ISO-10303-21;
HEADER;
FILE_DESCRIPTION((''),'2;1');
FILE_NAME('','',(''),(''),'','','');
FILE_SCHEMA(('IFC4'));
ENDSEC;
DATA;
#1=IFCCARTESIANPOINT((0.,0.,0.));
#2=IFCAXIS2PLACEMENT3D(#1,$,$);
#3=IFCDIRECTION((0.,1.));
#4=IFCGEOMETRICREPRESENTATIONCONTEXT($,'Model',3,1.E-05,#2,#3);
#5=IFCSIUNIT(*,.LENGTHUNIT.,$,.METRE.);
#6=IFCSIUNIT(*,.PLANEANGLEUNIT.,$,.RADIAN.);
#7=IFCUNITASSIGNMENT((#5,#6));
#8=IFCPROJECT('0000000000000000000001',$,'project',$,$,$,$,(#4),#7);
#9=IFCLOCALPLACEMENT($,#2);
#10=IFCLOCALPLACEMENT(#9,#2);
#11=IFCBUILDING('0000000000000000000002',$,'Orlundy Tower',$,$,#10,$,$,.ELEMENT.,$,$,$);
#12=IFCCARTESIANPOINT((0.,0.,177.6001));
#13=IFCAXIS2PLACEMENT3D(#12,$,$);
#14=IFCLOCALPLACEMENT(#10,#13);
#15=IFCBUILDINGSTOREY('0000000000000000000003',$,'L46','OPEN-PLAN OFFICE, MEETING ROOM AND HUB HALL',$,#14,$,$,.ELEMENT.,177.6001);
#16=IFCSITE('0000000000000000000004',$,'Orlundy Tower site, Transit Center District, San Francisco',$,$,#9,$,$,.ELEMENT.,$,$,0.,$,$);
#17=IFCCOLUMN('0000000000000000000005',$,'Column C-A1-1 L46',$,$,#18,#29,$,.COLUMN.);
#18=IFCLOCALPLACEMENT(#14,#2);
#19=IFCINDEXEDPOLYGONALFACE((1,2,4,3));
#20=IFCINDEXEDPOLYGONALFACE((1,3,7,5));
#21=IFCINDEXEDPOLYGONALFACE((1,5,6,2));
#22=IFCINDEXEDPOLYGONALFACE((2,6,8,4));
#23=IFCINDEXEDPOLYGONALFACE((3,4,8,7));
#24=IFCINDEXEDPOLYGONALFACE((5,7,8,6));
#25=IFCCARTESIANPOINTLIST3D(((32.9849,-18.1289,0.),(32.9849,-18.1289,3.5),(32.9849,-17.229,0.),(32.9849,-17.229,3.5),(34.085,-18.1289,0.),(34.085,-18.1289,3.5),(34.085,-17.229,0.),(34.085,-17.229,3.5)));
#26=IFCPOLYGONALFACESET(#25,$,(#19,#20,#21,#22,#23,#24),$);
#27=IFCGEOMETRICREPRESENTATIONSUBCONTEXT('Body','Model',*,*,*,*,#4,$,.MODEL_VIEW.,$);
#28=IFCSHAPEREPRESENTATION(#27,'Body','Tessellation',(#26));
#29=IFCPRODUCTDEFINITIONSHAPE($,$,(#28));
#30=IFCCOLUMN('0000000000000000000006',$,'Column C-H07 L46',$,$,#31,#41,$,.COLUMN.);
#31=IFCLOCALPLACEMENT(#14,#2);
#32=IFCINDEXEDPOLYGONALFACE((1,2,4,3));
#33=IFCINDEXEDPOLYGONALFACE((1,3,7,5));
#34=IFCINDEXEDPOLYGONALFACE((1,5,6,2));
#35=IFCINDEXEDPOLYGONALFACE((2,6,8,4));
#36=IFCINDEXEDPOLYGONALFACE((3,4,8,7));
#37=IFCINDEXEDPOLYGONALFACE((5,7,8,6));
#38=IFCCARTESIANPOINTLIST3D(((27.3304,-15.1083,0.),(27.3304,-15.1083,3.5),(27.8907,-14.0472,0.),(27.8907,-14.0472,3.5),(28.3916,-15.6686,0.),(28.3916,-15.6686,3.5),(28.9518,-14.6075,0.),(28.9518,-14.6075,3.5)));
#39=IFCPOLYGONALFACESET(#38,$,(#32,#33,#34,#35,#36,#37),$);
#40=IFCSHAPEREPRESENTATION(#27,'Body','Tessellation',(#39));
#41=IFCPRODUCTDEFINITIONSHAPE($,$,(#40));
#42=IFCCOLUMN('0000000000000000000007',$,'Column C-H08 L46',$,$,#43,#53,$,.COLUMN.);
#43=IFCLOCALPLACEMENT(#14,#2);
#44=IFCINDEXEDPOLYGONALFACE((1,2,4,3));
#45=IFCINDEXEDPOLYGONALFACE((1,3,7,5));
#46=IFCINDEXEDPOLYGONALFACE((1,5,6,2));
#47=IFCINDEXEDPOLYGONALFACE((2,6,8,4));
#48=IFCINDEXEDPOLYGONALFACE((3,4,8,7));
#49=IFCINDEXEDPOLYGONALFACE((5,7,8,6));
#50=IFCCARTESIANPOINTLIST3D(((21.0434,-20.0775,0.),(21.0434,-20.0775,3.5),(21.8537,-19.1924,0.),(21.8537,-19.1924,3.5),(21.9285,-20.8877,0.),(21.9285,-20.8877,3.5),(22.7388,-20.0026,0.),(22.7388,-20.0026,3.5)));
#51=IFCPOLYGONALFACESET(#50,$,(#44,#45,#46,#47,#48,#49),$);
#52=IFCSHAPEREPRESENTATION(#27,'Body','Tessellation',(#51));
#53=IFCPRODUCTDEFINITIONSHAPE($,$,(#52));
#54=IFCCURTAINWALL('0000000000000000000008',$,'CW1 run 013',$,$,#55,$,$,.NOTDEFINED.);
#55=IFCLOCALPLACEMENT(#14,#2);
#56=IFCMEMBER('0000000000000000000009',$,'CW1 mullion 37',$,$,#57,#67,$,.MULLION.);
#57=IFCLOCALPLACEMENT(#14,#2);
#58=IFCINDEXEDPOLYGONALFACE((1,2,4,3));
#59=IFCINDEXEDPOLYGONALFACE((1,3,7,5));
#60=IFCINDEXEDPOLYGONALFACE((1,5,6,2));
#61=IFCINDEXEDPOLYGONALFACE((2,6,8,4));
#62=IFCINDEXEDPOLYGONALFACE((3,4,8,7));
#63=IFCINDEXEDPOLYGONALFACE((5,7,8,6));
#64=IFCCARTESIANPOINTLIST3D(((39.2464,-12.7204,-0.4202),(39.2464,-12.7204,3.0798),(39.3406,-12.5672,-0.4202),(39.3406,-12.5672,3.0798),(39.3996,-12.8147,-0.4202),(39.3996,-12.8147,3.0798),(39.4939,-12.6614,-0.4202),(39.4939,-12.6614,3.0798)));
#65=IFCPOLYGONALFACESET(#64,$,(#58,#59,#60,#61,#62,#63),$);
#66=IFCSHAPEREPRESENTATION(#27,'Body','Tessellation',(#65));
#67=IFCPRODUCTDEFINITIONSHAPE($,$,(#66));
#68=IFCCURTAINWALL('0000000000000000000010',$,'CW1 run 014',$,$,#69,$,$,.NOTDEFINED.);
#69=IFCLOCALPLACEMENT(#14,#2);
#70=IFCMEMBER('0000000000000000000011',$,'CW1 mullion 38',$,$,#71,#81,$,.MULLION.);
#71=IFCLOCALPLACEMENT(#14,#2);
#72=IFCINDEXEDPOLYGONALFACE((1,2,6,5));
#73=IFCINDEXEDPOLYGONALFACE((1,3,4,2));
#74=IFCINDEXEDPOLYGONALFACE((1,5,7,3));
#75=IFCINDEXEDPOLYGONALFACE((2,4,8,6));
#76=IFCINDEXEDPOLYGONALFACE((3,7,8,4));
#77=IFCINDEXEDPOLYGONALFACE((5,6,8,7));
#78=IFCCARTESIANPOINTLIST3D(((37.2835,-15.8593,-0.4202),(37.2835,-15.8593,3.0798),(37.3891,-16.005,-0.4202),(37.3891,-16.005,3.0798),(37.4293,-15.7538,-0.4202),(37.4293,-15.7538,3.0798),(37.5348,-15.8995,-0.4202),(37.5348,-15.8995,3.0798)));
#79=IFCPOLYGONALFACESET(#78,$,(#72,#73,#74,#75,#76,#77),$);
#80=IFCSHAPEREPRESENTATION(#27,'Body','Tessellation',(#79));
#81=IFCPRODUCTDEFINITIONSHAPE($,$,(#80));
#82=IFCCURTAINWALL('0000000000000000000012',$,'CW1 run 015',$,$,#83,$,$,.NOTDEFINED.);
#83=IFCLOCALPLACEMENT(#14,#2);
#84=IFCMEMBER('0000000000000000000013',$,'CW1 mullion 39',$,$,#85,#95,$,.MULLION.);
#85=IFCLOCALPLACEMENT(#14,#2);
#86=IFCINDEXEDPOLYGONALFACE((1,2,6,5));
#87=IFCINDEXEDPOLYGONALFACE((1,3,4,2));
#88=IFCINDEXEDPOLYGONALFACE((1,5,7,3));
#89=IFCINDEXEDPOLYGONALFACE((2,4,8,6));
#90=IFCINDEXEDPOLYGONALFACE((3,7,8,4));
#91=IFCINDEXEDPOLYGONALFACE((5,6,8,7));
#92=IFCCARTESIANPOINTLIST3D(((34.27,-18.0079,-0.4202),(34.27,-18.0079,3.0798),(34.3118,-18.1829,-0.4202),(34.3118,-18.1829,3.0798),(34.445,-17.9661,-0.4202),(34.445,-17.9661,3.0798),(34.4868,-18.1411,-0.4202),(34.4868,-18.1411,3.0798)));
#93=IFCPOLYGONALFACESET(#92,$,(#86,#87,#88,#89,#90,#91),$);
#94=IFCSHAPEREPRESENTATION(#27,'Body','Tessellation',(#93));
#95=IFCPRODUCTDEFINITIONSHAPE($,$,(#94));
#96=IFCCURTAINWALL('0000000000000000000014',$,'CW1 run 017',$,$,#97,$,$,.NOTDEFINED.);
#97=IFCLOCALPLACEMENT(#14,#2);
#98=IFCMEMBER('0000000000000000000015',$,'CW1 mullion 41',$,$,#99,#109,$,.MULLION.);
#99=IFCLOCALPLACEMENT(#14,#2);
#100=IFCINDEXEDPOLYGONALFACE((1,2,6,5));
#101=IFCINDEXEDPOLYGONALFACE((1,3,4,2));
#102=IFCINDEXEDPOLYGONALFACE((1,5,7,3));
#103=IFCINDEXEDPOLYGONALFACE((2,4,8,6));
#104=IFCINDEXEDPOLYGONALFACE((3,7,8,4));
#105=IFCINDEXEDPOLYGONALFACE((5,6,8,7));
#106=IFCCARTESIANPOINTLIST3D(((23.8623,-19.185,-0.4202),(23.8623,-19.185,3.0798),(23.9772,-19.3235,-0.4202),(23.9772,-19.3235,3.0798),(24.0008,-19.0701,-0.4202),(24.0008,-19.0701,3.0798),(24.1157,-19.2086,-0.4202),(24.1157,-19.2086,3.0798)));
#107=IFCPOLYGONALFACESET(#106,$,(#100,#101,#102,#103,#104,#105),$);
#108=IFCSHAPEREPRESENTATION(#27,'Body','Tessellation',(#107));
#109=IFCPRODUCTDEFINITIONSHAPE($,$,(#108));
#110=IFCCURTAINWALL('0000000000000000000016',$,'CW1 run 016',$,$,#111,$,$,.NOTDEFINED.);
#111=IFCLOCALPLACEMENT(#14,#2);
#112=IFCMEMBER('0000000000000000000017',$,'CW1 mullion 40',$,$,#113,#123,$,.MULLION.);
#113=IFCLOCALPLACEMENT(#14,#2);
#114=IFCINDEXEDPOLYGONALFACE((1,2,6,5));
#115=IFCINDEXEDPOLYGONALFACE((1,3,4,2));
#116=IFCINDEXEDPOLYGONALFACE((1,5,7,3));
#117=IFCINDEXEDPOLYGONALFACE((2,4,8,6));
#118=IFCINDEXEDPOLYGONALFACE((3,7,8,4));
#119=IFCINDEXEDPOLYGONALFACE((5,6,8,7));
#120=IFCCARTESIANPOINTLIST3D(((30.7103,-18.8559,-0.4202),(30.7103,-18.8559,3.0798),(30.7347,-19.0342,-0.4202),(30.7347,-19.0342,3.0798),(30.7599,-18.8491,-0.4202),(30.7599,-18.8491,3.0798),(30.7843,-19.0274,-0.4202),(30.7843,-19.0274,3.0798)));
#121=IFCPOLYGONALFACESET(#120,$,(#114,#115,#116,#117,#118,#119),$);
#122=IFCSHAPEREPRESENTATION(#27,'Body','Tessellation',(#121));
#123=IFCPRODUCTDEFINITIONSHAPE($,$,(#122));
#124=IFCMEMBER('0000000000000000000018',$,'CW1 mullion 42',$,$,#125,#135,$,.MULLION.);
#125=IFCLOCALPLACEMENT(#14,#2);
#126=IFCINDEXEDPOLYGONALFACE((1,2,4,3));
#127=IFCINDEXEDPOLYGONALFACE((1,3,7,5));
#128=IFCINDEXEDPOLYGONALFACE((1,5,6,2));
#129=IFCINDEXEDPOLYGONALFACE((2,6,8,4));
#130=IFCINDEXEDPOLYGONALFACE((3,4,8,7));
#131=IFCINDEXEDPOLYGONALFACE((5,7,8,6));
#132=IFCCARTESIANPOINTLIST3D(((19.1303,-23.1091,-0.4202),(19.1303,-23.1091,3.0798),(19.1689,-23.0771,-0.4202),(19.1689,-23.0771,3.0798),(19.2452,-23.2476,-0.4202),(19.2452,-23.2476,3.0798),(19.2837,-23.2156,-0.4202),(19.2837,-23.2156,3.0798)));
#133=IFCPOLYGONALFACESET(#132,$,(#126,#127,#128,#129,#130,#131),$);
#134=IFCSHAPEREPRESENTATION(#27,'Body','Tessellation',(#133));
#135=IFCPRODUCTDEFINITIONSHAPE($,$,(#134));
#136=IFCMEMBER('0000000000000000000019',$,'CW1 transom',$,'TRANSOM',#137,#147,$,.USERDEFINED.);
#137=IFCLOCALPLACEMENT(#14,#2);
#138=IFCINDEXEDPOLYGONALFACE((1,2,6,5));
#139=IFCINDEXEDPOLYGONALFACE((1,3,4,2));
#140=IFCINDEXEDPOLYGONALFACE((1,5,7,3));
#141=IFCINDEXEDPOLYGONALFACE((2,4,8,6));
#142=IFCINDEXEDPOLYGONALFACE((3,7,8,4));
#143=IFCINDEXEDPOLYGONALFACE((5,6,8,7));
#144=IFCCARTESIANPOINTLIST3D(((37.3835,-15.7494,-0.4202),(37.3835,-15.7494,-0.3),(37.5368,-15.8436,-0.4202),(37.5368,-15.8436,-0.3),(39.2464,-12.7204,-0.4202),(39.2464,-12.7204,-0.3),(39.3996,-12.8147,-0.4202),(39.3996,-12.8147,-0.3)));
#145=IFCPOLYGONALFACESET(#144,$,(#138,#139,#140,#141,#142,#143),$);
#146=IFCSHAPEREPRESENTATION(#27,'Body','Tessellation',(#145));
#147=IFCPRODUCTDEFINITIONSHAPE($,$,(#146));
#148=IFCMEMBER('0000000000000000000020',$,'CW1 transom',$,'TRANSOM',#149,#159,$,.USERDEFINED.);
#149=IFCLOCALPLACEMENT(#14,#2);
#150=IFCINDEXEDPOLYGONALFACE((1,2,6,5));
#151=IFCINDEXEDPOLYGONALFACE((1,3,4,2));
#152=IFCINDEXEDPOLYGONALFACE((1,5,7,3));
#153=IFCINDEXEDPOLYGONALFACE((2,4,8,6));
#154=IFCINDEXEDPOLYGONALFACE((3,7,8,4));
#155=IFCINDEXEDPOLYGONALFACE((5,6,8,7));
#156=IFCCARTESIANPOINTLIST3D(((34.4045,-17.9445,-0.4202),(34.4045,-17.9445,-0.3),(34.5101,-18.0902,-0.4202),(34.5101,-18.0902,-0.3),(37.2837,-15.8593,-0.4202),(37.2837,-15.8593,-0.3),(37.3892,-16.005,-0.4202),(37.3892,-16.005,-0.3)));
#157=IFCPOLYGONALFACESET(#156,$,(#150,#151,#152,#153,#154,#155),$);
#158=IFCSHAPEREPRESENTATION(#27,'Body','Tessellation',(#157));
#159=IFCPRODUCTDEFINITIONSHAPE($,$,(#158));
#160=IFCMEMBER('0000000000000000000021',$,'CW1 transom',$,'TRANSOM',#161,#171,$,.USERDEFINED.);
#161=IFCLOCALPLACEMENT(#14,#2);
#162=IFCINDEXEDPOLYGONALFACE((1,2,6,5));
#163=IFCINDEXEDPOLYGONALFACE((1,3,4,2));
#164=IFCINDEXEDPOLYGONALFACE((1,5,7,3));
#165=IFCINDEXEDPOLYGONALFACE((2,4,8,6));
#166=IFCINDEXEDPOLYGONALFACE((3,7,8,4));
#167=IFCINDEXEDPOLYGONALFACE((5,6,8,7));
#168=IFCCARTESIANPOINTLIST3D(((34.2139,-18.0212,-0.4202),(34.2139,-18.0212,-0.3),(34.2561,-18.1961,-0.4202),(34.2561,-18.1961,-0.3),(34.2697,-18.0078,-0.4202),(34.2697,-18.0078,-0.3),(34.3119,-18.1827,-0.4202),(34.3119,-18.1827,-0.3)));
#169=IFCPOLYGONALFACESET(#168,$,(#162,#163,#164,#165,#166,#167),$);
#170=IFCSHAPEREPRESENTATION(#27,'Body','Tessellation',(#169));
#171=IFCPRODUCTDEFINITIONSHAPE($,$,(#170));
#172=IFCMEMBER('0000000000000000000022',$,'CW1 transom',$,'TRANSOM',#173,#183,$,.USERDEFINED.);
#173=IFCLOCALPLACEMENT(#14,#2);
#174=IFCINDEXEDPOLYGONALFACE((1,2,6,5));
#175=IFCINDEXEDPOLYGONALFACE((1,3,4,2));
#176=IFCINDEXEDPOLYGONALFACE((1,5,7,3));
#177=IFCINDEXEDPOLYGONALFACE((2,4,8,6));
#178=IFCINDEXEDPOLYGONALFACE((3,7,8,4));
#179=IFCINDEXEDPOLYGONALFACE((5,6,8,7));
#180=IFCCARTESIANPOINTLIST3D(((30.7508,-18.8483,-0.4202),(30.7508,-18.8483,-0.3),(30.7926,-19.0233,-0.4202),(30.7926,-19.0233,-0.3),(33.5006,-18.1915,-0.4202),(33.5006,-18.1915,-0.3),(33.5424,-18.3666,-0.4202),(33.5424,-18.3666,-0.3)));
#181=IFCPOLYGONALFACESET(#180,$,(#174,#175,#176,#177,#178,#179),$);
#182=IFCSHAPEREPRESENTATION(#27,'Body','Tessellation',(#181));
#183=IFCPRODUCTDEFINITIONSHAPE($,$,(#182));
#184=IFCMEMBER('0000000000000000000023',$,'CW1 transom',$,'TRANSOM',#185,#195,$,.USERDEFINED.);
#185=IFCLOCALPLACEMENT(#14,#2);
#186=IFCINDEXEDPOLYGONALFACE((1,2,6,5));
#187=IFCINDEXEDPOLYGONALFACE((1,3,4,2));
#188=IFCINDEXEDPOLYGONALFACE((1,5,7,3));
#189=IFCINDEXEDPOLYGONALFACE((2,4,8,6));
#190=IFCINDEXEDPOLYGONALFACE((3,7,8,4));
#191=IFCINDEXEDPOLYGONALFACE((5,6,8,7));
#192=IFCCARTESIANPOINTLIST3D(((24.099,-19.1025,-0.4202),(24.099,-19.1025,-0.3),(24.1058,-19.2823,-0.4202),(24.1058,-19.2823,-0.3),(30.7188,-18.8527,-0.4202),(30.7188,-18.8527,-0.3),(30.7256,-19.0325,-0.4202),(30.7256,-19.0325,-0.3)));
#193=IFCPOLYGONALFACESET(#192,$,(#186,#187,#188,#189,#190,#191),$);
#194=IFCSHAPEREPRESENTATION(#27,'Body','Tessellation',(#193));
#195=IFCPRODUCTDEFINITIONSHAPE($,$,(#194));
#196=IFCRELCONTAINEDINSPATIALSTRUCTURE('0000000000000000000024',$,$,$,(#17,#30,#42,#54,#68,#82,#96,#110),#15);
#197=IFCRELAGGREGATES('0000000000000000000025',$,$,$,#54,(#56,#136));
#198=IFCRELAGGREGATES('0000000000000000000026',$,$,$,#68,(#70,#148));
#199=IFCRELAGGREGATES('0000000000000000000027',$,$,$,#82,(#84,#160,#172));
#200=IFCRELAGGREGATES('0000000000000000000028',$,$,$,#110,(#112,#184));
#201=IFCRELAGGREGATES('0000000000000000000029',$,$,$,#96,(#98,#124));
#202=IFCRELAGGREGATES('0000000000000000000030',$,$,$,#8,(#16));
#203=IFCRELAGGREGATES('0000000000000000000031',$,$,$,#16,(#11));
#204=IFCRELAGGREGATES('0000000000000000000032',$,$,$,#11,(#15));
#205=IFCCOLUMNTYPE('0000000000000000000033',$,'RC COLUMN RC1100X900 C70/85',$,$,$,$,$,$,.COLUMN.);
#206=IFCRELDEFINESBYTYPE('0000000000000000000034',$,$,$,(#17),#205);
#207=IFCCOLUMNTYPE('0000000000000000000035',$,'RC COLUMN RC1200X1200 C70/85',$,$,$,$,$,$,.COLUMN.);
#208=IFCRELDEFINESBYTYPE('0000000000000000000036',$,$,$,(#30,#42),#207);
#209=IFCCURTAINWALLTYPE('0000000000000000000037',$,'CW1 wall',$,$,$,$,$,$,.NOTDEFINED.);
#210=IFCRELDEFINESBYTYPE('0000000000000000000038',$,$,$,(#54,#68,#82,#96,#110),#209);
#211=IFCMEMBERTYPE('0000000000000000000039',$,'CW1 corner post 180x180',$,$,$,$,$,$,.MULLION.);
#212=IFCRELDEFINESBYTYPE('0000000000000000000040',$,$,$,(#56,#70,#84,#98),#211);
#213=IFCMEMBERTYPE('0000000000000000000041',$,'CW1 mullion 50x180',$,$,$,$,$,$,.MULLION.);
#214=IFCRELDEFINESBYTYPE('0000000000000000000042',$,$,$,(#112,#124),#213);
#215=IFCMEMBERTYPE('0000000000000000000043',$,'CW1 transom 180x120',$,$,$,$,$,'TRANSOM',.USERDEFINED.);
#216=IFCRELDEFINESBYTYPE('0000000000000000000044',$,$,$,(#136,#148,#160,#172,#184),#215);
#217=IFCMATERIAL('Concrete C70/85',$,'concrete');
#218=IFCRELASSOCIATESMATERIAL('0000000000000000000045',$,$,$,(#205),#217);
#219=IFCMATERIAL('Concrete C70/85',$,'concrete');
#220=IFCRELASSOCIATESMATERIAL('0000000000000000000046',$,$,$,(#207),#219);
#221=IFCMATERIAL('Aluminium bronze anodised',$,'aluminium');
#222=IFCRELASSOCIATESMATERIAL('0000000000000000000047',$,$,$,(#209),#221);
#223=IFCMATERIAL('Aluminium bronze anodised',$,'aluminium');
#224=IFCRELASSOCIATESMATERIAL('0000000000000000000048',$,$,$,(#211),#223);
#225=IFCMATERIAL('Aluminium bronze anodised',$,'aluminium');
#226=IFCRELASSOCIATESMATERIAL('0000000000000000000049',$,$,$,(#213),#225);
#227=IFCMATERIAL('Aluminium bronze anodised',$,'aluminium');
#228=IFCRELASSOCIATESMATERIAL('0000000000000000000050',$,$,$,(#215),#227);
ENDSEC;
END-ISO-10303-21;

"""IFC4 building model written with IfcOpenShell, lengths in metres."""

from ifc_helpers import new_model, si_unit, direction, frame, origin, origin_2d, place, context, subcontext, project, spatial, rectangle, extrude, material, material_profile, profile_set, type_object, element, aggregate, save


model = new_model("IFC4")

# Units and contexts
model_context = context("Model", 3, precision=1e-05, world=origin(), true_north=direction((0.0, 1.0)))
body_context = subcontext(model_context, "Body", "Model", "MODEL_VIEW")
ifc_project = project(units=[si_unit("LENGTHUNIT", "METRE"), si_unit("PLANEANGLEUNIT", "RADIAN")], contexts=[model_context])

# Site, building, storey
site_placement = place(None, origin())
site = spatial("IfcSite", under=ifc_project, at=site_placement, Name="Orlundy Tower site, Transit Center District, San Francisco", CompositionType="ELEMENT", RefElevation=0.0)
building_placement = place(site_placement, origin())
building = spatial("IfcBuilding", under=site, at=building_placement, Name="Orlundy Tower", CompositionType="ELEMENT")
storey_placement = place(building_placement, frame((0.0, 0.0, 177.6001)))
storey = spatial("IfcBuildingStorey", under=building, at=storey_placement, Name="L46", Description="OPEN-PLAN OFFICE, MEETING ROOM AND HUB HALL", CompositionType="ELEMENT", Elevation=177.6001)

# Columns
ifc_material_1 = material(Name="Concrete C70/85", Category="concrete")
ifc_material_profile_1 = material_profile(ifc_material_1, rectangle(XDim=1.1001, YDim=0.8999, at=origin_2d()), Name="RC1100X900")
ifc_profile_set_1 = profile_set([ifc_material_profile_1], Name="Concrete C70/85")
column_type_1 = type_object("IfcColumnType", Name="RC COLUMN RC1100X900 C70/85", PredefinedType="COLUMN", material=ifc_profile_set_1)
column_placement = place(storey_placement, frame((33.5349, -17.679, 0.0), z_axis=(0.0, 0.0, 1.0), x_axis=(1.0, 0.0, 0.0)))
element("IfcColumn", 1, at=column_placement, inside=storey, type_object=column_type_1, Name="Column C-A1-1 L46", PredefinedType="COLUMN", context=body_context, shape_type="SweptSolid", body=[
    extrude(rectangle(XDim=1.1001, YDim=0.8999, at=origin_2d()), origin(), (0.0, 0.0, 1.0), 3.5),
])
ifc_material_2 = material(Name="Concrete C70/85", Category="concrete")
ifc_material_profile_2 = material_profile(ifc_material_2, rectangle(XDim=1.2, YDim=1.2, at=origin_2d()), Name="RC1200X1200")
ifc_profile_set_2 = profile_set([ifc_material_profile_2], Name="Concrete C70/85")
column_type_2 = type_object("IfcColumnType", Name="RC COLUMN RC1200X1200 C70/85", PredefinedType="COLUMN", material=ifc_profile_set_2)
for number, where, z_axis, x_axis, name in (
    (2, (28.1411, -14.8579, 0.0), (0.0, 0.0, 1.0), (0.884312, -0.466896, 0.0), "Column C-H07 L46"),
    (3, (21.8911, -20.04, 0.0), (0.0, 0.0, 1.0), (0.737607, -0.67523, 0.0), "Column C-H08 L46"),
):
    element("IfcColumn", number, at=place(storey_placement, frame(where, z_axis=z_axis, x_axis=x_axis)), inside=storey, type_object=column_type_2, Name=name, PredefinedType="COLUMN", context=body_context, shape_type="SweptSolid", body=[
        extrude(rectangle(XDim=1.2, YDim=1.2, at=origin_2d()), origin(), (0.0, 0.0, 1.0), 3.5),
    ])

# Curtain walls, members
ifc_material_3 = material(Name="Aluminium bronze anodised", Category="aluminium")
curtain_wall_type = type_object("IfcCurtainWallType", Name="CW1 wall", PredefinedType="NOTDEFINED", material=ifc_material_3)
curtain_wall_1_placement = place(storey_placement, origin())
curtain_wall_1 = element("IfcCurtainWall", 4, at=curtain_wall_1_placement, inside=storey, type_object=curtain_wall_type, Name="CW1 run 013", PredefinedType="NOTDEFINED")
ifc_material_4 = material(Name="Aluminium bronze anodised", Category="aluminium")
ifc_material_profile_3 = material_profile(ifc_material_4, rectangle(XDim=0.1799, YDim=0.1799, at=origin_2d()), Name="CW1 corner post 180x180")
ifc_profile_set_3 = profile_set([ifc_material_profile_3], Name="Aluminium bronze anodised")
member_type_1 = type_object("IfcMemberType", Name="CW1 corner post 180x180", PredefinedType="MULLION", material=ifc_profile_set_3)
member_1_placement = place(storey_placement, frame((39.3701, -12.6909, -0.4202), z_axis=(0.0, 0.0, 1.0), x_axis=(0.851825, -0.523827, 0.0)))
member_1 = element("IfcMember", 5, at=member_1_placement, type_object=member_type_1, Name="CW1 mullion 37", PredefinedType="MULLION", context=body_context, shape_type="SweptSolid", body=[
    extrude(rectangle(XDim=0.1799, YDim=0.1799, at=origin_2d()), origin(), (0.0, 0.0, 1.0), 3.5),
])
curtain_wall_2_placement = place(storey_placement, origin())
curtain_wall_2 = element("IfcCurtainWall", 6, at=curtain_wall_2_placement, inside=storey, type_object=curtain_wall_type, Name="CW1 run 014", PredefinedType="NOTDEFINED")
member_2_placement = place(storey_placement, frame((37.4092, -15.8794, -0.4202), z_axis=(0.0, 0.0, 1.0), x_axis=(0.586534, -0.809924, 0.0)))
member_2 = element("IfcMember", 7, at=member_2_placement, type_object=member_type_1, Name="CW1 mullion 38", PredefinedType="MULLION", context=body_context, shape_type="SweptSolid", body=[
    extrude(rectangle(XDim=0.1799, YDim=0.1799, at=origin_2d()), origin(), (0.0, 0.0, 1.0), 3.5),
])
curtain_wall_3_placement = place(storey_placement, origin())
curtain_wall_3 = element("IfcCurtainWall", 8, at=curtain_wall_3_placement, inside=storey, type_object=curtain_wall_type, Name="CW1 run 015", PredefinedType="NOTDEFINED")
member_3_placement = place(storey_placement, frame((34.3784, -18.0745, -0.4202), z_axis=(0.0, 0.0, 1.0), x_axis=(0.232301, -0.972644, 0.0)))
member_3 = element("IfcMember", 9, at=member_3_placement, type_object=member_type_1, Name="CW1 mullion 39", PredefinedType="MULLION", context=body_context, shape_type="SweptSolid", body=[
    extrude(rectangle(XDim=0.1799, YDim=0.1799, at=origin_2d()), origin(), (0.0, 0.0, 1.0), 3.5),
])
curtain_wall_4_placement = place(storey_placement, origin())
curtain_wall_4 = element("IfcCurtainWall", 10, at=curtain_wall_4_placement, inside=storey, type_object=curtain_wall_type, Name="CW1 run 017", PredefinedType="NOTDEFINED")
member_4_placement = place(storey_placement, frame((23.989, -19.1968, -0.4202), z_axis=(0.0, 0.0, 1.0), x_axis=(0.638331, -0.769762, 0.0)))
member_4 = element("IfcMember", 11, at=member_4_placement, type_object=member_type_1, Name="CW1 mullion 41", PredefinedType="MULLION", context=body_context, shape_type="SweptSolid", body=[
    extrude(rectangle(XDim=0.1799, YDim=0.1799, at=origin_2d()), origin(), (0.0, 0.0, 1.0), 3.5),
])
curtain_wall_5_placement = place(storey_placement, origin())
curtain_wall_5 = element("IfcCurtainWall", 12, at=curtain_wall_5_placement, inside=storey, type_object=curtain_wall_type, Name="CW1 run 016", PredefinedType="NOTDEFINED")
ifc_material_5 = material(Name="Aluminium bronze anodised", Category="aluminium")
ifc_material_profile_4 = material_profile(ifc_material_5, rectangle(XDim=0.1799, YDim=0.05, at=origin_2d()), Name="CW1 mullion 50x180")
ifc_profile_set_4 = profile_set([ifc_material_profile_4], Name="Aluminium bronze anodised")
member_type_2 = type_object("IfcMemberType", Name="CW1 mullion 50x180", PredefinedType="MULLION", material=ifc_profile_set_4)
member_5_placement = place(storey_placement, frame((30.7473, -18.9417, -0.4202), z_axis=(0.0, 0.0, 1.0), x_axis=(0.135672, -0.990754, 0.0)))
member_5 = element("IfcMember", 13, at=member_5_placement, type_object=member_type_2, Name="CW1 mullion 40", PredefinedType="MULLION", context=body_context, shape_type="SweptSolid", body=[
    extrude(rectangle(XDim=0.1799, YDim=0.05, at=origin_2d()), origin(), (0.0, 0.0, 1.0), 3.5),
])

# Members
member_6_placement = place(storey_placement, frame((19.207, -23.1624, -0.4202), z_axis=(0.0, 0.0, 1.0), x_axis=(0.638331, -0.769762, 0.0)))
member_6 = element("IfcMember", 14, at=member_6_placement, type_object=member_type_2, Name="CW1 mullion 42", PredefinedType="MULLION", context=body_context, shape_type="SweptSolid", body=[
    extrude(rectangle(XDim=0.1799, YDim=0.05, at=origin_2d()), origin(), (0.0, 0.0, 1.0), 3.5),
])
ifc_material_6 = material(Name="Aluminium bronze anodised", Category="aluminium")
ifc_material_profile_5 = material_profile(ifc_material_6, rectangle(XDim=0.1799, YDim=0.1201, at=origin_2d()), Name="CW1 transom 180x120")
ifc_profile_set_5 = profile_set([ifc_material_profile_5], Name="Aluminium bronze anodised")
member_type_3 = type_object("IfcMemberType", Name="CW1 transom 180x120", ElementType="TRANSOM", PredefinedType="USERDEFINED", material=ifc_profile_set_5)
member_7_placement = place(storey_placement, frame((39.323, -12.7676, -0.3601), z_axis=(-0.523875, -0.851795, 0.0), x_axis=(0.851795, -0.523875, 0.0)))
member_7 = element("IfcMember", 15, at=member_7_placement, type_object=member_type_3, Name="CW1 transom", ObjectType="TRANSOM", PredefinedType="USERDEFINED", context=body_context, shape_type="SweptSolid", body=[
    extrude(rectangle(XDim=0.1799, YDim=0.1201, at=origin_2d()), origin(), (0.0, 0.0, 1.0), 3.5559),
])
member_8_placement = place(storey_placement, frame((37.3364, -15.9321, -0.3601), z_axis=(-0.809902, -0.586566, 0.0), x_axis=(0.586566, -0.809902, 0.0)))
member_8 = element("IfcMember", 16, at=member_8_placement, type_object=member_type_3, Name="CW1 transom", ObjectType="TRANSOM", PredefinedType="USERDEFINED", context=body_context, shape_type="SweptSolid", body=[
    extrude(rectangle(XDim=0.1799, YDim=0.1201, at=origin_2d()), origin(), (0.0, 0.0, 1.0), 3.5549),
])
member_9_placement = place(storey_placement, frame((34.2908, -18.0952, -0.3601), z_axis=(-0.972116, -0.234502, 0.0), x_axis=(0.234502, -0.972116, 0.0)))
member_9 = element("IfcMember", 17, at=member_9_placement, type_object=member_type_3, Name="CW1 transom", ObjectType="TRANSOM", PredefinedType="USERDEFINED", context=body_context, shape_type="SweptSolid", body=[
    extrude(rectangle(XDim=0.1799, YDim=0.1201, at=origin_2d()), origin(), (0.0, 0.0, 1.0), 0.0574),
])
member_10_placement = place(storey_placement, frame((33.5215, -18.2791, -0.3601), z_axis=(-0.972644, -0.232302, 0.0), x_axis=(0.232302, -0.972644, 0.0)))
member_10 = element("IfcMember", 18, at=member_10_placement, type_object=member_type_3, Name="CW1 transom", ObjectType="TRANSOM", PredefinedType="USERDEFINED", context=body_context, shape_type="SweptSolid", body=[
    extrude(rectangle(XDim=0.1799, YDim=0.1201, at=origin_2d()), origin(), (0.0, 0.0, 1.0), 2.8271),
])
member_11_placement = place(storey_placement, frame((30.7222, -18.9426, -0.3601), z_axis=(-0.999289, -0.037701, 0.0), x_axis=(0.037701, -0.999289, 0.0)))
member_11 = element("IfcMember", 19, at=member_11_placement, type_object=member_type_3, Name="CW1 transom", ObjectType="TRANSOM", PredefinedType="USERDEFINED", context=body_context, shape_type="SweptSolid", body=[
    extrude(rectangle(XDim=0.1799, YDim=0.1201, at=origin_2d()), origin(), (0.0, 0.0, 1.0), 6.6245),
])

aggregate(curtain_wall_1, [member_1, member_7])
aggregate(curtain_wall_2, [member_2, member_8])
aggregate(curtain_wall_3, [member_3, member_9, member_10])
aggregate(curtain_wall_5, [member_5, member_11])
aggregate(curtain_wall_4, [member_4, member_6])

save(model, "model.ifc")
